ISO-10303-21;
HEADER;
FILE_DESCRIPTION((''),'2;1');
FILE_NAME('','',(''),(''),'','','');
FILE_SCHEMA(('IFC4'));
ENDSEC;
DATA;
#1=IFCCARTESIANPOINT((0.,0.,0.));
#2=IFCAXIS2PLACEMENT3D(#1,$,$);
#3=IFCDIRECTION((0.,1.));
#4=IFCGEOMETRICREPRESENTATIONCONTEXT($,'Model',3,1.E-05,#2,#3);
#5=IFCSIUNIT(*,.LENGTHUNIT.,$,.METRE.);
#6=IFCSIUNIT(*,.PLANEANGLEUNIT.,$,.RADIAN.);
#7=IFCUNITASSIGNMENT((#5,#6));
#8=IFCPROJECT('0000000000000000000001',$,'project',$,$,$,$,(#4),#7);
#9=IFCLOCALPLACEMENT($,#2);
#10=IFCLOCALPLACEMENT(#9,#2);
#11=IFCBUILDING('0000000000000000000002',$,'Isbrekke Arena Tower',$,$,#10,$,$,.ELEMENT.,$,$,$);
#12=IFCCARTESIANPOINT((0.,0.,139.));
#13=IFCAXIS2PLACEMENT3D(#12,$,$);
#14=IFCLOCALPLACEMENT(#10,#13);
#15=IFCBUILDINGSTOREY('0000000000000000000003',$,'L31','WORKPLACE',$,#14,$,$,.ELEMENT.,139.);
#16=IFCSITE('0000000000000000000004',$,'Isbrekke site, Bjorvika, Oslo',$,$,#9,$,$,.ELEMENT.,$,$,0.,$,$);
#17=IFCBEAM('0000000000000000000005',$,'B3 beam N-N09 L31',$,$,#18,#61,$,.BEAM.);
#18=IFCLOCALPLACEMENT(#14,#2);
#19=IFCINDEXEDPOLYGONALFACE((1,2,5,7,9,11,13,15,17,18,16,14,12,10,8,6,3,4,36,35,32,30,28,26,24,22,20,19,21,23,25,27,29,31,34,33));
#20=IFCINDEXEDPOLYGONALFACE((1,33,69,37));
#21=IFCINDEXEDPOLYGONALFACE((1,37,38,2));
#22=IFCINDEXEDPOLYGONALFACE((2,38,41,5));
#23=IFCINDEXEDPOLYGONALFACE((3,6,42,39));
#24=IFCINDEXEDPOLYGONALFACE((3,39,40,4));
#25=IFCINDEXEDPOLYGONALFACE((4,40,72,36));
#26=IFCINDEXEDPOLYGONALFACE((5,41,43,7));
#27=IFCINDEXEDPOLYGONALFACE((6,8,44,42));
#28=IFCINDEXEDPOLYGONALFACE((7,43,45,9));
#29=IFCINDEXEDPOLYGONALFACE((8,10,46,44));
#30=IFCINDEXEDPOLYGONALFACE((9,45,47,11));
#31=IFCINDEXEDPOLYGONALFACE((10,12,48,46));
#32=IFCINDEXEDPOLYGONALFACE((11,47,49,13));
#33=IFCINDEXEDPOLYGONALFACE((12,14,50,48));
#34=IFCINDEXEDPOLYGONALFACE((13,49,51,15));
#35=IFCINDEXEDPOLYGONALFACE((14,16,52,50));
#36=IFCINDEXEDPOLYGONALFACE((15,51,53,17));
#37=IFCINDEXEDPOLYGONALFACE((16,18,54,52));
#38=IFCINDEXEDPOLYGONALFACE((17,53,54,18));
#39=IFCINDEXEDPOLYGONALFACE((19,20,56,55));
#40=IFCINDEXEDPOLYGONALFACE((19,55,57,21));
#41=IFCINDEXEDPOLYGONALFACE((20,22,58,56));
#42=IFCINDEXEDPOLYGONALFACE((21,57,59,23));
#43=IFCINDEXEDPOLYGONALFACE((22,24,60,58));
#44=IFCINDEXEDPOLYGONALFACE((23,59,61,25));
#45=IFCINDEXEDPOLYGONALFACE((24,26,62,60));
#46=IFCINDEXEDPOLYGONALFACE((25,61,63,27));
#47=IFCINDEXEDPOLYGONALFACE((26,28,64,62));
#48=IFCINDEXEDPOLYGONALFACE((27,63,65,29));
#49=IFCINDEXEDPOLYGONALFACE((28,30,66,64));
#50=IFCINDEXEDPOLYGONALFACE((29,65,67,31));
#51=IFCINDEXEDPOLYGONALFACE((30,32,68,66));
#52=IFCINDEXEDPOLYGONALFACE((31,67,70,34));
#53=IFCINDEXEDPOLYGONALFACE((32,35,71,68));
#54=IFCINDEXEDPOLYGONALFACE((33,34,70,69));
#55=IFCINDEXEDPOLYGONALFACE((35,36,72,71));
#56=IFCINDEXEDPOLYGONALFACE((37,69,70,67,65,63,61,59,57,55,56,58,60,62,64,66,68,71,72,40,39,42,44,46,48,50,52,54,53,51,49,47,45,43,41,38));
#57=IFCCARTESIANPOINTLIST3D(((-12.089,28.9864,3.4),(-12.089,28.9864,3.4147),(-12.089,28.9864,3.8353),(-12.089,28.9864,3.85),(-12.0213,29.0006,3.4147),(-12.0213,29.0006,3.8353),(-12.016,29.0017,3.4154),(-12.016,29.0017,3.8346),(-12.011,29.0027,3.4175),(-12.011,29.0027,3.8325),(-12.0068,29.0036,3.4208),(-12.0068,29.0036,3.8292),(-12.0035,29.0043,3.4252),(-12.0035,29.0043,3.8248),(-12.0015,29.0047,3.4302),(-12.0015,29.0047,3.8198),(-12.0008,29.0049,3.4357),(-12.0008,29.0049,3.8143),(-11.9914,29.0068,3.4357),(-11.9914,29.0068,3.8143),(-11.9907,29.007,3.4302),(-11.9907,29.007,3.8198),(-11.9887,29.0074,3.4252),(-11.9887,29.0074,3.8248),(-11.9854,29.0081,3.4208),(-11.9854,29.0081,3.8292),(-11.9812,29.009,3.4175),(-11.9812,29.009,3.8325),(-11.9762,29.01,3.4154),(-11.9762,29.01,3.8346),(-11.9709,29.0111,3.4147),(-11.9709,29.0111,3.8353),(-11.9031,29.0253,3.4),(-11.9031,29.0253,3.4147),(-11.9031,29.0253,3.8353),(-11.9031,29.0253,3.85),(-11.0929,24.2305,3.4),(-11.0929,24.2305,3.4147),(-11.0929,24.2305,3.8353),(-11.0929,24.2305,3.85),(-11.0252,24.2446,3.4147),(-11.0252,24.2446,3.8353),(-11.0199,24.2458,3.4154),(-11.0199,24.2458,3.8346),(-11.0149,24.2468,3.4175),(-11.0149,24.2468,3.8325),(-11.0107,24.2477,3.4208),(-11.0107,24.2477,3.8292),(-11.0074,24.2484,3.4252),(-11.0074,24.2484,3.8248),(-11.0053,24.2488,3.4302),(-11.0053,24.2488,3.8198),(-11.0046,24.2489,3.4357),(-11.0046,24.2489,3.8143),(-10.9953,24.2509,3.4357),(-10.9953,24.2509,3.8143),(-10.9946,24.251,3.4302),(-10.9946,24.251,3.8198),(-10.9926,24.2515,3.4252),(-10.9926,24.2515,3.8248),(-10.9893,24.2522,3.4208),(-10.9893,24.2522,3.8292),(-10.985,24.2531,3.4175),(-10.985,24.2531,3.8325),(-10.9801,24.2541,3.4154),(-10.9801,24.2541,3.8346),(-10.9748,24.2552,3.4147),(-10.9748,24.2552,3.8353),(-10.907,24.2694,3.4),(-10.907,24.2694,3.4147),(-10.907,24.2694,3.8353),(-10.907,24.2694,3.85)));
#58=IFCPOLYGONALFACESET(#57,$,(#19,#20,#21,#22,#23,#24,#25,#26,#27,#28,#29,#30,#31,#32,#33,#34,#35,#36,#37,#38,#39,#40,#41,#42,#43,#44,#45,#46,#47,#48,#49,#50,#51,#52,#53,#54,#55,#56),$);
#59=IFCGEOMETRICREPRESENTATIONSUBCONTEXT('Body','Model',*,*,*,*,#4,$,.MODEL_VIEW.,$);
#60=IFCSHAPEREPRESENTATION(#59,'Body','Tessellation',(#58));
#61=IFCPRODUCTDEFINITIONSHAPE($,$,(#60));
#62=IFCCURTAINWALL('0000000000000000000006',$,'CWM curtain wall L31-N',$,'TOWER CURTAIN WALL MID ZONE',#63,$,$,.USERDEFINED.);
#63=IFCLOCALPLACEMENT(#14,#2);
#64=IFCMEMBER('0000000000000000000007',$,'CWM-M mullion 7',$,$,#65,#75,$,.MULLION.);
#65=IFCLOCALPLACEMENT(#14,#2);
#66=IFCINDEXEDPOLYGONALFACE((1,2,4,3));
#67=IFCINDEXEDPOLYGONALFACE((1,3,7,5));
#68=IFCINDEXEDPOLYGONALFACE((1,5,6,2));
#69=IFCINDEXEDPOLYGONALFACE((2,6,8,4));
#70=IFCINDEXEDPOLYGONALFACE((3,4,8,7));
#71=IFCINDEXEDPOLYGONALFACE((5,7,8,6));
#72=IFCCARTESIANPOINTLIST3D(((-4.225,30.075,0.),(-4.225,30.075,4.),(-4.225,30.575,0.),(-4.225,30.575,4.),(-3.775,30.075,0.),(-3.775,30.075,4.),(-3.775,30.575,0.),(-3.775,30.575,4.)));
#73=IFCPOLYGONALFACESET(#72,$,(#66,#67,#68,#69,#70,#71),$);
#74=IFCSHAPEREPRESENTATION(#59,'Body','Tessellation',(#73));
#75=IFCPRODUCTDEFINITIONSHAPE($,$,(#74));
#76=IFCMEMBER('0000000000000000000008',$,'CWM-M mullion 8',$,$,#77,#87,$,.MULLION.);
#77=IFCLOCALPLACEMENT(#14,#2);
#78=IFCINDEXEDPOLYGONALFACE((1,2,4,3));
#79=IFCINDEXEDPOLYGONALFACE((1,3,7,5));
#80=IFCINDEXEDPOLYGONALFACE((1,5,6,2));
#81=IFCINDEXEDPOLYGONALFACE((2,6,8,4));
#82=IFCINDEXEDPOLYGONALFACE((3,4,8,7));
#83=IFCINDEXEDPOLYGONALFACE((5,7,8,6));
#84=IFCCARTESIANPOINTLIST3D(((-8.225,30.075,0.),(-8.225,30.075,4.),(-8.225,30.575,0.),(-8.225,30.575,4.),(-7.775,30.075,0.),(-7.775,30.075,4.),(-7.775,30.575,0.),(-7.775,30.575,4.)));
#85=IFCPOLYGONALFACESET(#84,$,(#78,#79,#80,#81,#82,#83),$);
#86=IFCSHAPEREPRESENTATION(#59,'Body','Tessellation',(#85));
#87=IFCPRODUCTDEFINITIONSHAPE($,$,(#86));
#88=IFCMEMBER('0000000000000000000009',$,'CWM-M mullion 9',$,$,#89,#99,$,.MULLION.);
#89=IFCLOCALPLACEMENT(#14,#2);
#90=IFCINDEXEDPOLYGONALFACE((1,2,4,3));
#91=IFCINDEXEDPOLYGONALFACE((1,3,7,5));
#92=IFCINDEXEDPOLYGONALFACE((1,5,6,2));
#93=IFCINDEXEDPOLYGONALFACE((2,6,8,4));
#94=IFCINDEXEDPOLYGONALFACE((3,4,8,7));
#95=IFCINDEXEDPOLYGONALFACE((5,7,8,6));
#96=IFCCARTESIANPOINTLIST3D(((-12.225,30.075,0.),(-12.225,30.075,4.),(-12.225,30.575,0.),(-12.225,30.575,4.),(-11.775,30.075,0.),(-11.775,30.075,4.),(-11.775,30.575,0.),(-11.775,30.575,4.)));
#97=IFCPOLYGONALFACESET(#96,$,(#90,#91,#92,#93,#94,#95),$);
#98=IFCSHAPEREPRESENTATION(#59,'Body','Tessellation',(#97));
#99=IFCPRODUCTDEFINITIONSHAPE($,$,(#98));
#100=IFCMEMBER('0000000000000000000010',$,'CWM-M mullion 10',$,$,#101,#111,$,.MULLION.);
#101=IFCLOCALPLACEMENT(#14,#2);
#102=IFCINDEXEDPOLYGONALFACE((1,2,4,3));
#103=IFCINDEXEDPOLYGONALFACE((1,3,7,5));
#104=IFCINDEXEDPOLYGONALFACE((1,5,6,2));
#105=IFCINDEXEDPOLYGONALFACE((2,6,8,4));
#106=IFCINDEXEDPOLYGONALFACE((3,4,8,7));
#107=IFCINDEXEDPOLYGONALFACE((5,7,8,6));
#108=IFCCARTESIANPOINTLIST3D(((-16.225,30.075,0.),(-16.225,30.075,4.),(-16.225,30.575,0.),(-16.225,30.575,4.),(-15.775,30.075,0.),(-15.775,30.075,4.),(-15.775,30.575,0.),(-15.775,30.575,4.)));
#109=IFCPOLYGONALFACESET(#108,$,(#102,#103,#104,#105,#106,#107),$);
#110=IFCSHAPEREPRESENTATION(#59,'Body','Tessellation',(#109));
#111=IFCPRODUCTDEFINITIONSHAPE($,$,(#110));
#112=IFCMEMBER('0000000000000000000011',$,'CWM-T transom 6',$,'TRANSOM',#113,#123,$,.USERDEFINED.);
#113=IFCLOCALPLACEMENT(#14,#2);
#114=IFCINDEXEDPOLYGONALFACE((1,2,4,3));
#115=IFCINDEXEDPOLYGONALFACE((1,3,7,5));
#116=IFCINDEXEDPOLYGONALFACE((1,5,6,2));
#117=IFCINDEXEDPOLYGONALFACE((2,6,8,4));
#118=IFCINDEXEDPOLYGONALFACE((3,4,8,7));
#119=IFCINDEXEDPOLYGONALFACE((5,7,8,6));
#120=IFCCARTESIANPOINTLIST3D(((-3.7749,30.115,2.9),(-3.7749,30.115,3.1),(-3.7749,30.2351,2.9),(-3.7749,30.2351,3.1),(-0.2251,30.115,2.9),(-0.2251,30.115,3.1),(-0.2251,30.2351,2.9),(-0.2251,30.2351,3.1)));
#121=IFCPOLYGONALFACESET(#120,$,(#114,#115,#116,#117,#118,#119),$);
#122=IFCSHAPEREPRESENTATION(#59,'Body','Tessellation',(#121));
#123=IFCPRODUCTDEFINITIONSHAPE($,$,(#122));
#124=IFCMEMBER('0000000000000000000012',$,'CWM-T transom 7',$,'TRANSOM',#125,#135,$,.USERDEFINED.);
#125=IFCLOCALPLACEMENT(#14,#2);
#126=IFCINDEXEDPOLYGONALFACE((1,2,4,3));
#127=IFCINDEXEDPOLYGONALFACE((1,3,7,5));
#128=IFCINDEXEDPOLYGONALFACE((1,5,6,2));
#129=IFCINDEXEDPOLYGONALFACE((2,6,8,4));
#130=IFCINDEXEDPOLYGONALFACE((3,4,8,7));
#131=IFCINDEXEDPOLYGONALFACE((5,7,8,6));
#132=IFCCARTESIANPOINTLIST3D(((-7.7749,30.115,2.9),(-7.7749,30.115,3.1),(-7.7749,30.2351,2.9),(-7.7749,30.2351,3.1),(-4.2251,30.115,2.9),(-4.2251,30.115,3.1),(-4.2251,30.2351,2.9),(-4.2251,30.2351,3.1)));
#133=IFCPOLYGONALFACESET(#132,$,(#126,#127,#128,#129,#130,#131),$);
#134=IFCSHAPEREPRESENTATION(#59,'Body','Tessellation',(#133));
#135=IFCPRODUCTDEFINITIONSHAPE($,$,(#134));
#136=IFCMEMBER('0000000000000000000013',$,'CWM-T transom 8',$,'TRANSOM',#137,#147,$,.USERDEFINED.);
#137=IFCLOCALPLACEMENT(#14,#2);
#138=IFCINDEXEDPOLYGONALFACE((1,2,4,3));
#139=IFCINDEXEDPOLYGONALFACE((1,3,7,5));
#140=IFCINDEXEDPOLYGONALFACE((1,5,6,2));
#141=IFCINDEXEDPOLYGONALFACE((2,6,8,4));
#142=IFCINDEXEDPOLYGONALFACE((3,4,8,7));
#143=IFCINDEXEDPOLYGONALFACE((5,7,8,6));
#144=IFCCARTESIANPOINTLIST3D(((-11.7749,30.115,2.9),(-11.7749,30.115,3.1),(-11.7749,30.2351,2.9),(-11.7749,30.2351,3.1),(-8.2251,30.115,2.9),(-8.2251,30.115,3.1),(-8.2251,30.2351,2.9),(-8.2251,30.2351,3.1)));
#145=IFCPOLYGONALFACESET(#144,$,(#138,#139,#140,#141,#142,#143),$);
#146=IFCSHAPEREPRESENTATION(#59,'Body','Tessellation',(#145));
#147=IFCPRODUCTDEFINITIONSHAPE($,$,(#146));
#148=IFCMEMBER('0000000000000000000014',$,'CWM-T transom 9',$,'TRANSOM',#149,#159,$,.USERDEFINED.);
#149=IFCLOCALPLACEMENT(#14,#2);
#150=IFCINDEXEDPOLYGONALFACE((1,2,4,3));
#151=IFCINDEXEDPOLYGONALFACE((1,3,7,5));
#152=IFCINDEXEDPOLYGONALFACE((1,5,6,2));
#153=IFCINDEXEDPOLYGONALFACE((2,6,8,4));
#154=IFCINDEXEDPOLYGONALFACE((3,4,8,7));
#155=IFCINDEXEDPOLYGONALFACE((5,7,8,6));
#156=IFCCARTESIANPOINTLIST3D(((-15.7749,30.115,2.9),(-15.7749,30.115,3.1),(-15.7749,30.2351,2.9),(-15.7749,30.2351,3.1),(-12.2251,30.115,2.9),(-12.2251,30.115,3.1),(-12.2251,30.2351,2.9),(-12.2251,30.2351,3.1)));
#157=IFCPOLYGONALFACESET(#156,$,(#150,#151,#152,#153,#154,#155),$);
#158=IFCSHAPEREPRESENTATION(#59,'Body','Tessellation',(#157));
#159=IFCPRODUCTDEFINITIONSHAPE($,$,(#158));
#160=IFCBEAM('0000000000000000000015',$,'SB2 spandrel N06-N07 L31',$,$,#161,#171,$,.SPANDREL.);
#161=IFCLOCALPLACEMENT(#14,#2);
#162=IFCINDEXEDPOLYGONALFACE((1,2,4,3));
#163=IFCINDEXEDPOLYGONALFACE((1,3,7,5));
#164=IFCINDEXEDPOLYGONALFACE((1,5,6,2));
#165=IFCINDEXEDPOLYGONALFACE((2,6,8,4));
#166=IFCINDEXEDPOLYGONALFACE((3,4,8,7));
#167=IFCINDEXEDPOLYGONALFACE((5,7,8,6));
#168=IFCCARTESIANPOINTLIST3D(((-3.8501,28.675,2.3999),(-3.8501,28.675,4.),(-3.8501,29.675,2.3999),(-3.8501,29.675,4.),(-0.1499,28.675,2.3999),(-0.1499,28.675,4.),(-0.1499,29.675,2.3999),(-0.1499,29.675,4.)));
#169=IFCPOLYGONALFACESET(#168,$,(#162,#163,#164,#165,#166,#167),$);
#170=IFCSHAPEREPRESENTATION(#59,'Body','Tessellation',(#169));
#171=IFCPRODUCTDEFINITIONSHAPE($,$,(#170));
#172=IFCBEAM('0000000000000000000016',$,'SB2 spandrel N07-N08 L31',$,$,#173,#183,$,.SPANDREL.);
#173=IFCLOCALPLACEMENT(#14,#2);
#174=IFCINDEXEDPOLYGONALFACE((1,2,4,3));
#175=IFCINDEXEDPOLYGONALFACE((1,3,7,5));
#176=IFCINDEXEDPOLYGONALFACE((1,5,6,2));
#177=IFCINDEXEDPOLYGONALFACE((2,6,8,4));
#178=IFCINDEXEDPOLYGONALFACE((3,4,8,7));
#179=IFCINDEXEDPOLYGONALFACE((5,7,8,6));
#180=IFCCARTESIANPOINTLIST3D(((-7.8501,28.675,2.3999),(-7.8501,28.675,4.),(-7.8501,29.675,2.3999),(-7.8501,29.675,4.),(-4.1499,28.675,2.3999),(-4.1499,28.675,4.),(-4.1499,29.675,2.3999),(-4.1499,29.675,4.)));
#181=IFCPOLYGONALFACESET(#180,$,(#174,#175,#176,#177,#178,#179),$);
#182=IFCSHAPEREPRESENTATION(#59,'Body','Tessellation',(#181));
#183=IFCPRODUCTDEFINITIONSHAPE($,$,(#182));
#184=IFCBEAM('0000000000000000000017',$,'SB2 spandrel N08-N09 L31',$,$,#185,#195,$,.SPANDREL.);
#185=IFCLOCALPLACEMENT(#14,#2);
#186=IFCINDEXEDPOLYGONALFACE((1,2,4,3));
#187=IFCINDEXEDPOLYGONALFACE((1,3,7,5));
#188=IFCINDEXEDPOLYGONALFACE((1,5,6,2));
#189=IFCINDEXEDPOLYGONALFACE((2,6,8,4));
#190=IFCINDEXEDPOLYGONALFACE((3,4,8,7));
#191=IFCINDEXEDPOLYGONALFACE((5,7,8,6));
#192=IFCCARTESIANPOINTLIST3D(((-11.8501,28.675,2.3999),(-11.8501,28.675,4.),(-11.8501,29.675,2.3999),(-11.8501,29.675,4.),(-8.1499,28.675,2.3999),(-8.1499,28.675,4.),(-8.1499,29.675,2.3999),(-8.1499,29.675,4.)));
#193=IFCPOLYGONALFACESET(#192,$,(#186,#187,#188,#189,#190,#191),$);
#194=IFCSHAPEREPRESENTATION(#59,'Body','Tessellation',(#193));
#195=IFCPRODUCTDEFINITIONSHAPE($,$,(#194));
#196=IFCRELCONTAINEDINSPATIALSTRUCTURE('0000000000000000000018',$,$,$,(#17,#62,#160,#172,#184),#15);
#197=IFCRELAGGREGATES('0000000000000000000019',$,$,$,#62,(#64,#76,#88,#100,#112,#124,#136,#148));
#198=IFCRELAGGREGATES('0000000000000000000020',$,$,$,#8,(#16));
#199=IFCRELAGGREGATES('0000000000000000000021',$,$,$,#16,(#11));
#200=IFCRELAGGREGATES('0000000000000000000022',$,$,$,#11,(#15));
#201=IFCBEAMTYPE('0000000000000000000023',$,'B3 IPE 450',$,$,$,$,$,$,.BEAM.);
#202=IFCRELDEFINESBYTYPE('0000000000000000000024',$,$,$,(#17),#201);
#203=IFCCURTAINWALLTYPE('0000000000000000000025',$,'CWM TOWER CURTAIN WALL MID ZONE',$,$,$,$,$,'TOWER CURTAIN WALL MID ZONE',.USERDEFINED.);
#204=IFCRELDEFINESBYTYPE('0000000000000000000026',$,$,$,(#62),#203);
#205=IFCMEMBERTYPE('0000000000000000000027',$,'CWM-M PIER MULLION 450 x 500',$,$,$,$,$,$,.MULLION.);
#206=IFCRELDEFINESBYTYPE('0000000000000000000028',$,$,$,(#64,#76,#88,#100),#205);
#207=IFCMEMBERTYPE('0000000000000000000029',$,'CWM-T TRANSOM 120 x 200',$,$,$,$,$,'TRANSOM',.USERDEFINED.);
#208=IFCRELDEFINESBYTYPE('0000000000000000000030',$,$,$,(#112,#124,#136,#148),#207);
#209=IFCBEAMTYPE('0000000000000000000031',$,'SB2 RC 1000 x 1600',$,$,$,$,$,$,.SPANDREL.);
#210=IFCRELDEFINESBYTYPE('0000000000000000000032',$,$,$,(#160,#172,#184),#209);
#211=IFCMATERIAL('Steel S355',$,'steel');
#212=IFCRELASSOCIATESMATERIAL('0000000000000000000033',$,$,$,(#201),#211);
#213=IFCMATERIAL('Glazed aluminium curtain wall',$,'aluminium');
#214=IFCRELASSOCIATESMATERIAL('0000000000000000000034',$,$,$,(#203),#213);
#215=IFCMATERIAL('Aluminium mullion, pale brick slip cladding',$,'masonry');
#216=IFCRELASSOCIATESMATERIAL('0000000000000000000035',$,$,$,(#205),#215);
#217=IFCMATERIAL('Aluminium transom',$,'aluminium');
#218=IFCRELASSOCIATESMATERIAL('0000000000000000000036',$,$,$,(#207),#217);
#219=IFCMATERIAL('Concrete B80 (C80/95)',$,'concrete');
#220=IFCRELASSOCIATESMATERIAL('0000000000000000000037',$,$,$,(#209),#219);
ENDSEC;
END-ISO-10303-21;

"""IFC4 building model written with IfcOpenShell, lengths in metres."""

from ifc_helpers import new_model, si_unit, direction, frame, origin, origin_2d, place, context, subcontext, project, spatial, rectangle, i_section, extrude, material, material_profile, profile_set, type_object, element, aggregate, save


model = new_model("IFC4")

# Units and contexts
model_context = context("Model", 3, precision=1e-05, world=origin(), true_north=direction((0.0, 1.0)))
body_context = subcontext(model_context, "Body", "Model", "MODEL_VIEW")
ifc_project = project(units=[si_unit("LENGTHUNIT", "METRE"), si_unit("PLANEANGLEUNIT", "RADIAN")], contexts=[model_context])

# Site, building, storey
site_placement = place(None, origin())
site = spatial("IfcSite", under=ifc_project, at=site_placement, Name="Isbrekke site, Bjorvika, Oslo", CompositionType="ELEMENT", RefElevation=0.0)
building_placement = place(site_placement, origin())
building = spatial("IfcBuilding", under=site, at=building_placement, Name="Isbrekke Arena Tower", CompositionType="ELEMENT")
storey_placement = place(building_placement, frame((0.0, 0.0, 139.0)))
storey = spatial("IfcBuildingStorey", under=building, at=storey_placement, Name="L31", Description="WORKPLACE", CompositionType="ELEMENT", Elevation=139.0)

# Beam
ifc_material_1 = material(Name="Steel S355", Category="steel")
ifc_material_profile_1 = material_profile(ifc_material_1, i_section(OverallWidth=0.1899, OverallDepth=0.45, WebThickness=0.0095, FlangeThickness=0.0146, FilletRadius=0.021, at=origin_2d()), Name="IPE 450")
ifc_profile_set_1 = profile_set([ifc_material_profile_1], Name="Steel S355")
beam_type_1 = type_object("IfcBeamType", Name="B3 IPE 450", PredefinedType="BEAM", material=ifc_profile_set_1)
beam_1_placement = place(storey_placement, frame((-11.9961, 29.0059, 3.625), z_axis=(0.204997, -0.978762, 0.0), x_axis=(0.978762, 0.204997, 0.0)))
element("IfcBeam", 1, at=beam_1_placement, inside=storey, type_object=beam_type_1, Name="B3 beam N-N09 L31", PredefinedType="BEAM", context=body_context, shape_type="SweptSolid", body=[
    extrude(i_section(OverallWidth=0.1899, OverallDepth=0.45, WebThickness=0.0095, FlangeThickness=0.0146, FilletRadius=0.021, at=origin_2d()), origin(), (0.0, 0.0, 1.0), 4.8591),
])

# Curtain wall, members
ifc_material_2 = material(Name="Glazed aluminium curtain wall", Category="aluminium")
curtain_wall_type = type_object("IfcCurtainWallType", Name="CWM TOWER CURTAIN WALL MID ZONE", ElementType="TOWER CURTAIN WALL MID ZONE", PredefinedType="USERDEFINED", material=ifc_material_2)
curtain_wall_placement = place(storey_placement, origin())
curtain_wall = element("IfcCurtainWall", 2, at=curtain_wall_placement, inside=storey, type_object=curtain_wall_type, Name="CWM curtain wall L31-N", ObjectType="TOWER CURTAIN WALL MID ZONE", PredefinedType="USERDEFINED")
ifc_material_3 = material(Name="Aluminium mullion, pale brick slip cladding", Category="masonry")
ifc_material_profile_2 = material_profile(ifc_material_3, rectangle(XDim=0.45, YDim=0.5, at=origin_2d()), Name="PIER 450X500")
ifc_profile_set_2 = profile_set([ifc_material_profile_2], Name="Aluminium mullion, pale brick slip cladding")
member_type_1 = type_object("IfcMemberType", Name="CWM-M PIER MULLION 450 x 500", PredefinedType="MULLION", material=ifc_profile_set_2)
member_1_placement = place(storey_placement, frame((-4.0, 30.325, 0.0), z_axis=(0.0, 0.0, 1.0), x_axis=(-1.0, 0.0, 0.0)))
member_1 = element("IfcMember", 3, at=member_1_placement, type_object=member_type_1, Name="CWM-M mullion 7", PredefinedType="MULLION", context=body_context, shape_type="SweptSolid", body=[
    extrude(rectangle(XDim=0.45, YDim=0.5, at=origin_2d()), origin(), (0.0, 0.0, 1.0), 4.0),
])
member_2_placement = place(storey_placement, frame((-8.0, 30.325, 0.0), z_axis=(0.0, 0.0, 1.0), x_axis=(-1.0, 0.0, 0.0)))
member_2 = element("IfcMember", 4, at=member_2_placement, type_object=member_type_1, Name="CWM-M mullion 8", PredefinedType="MULLION", context=body_context, shape_type="SweptSolid", body=[
    extrude(rectangle(XDim=0.45, YDim=0.5, at=origin_2d()), origin(), (0.0, 0.0, 1.0), 4.0),
])
member_3_placement = place(storey_placement, frame((-12.0, 30.325, 0.0), z_axis=(0.0, 0.0, 1.0), x_axis=(-1.0, 0.0, 0.0)))
member_3 = element("IfcMember", 5, at=member_3_placement, type_object=member_type_1, Name="CWM-M mullion 9", PredefinedType="MULLION", context=body_context, shape_type="SweptSolid", body=[
    extrude(rectangle(XDim=0.45, YDim=0.5, at=origin_2d()), origin(), (0.0, 0.0, 1.0), 4.0),
])
member_4_placement = place(storey_placement, frame((-16.0, 30.325, 0.0), z_axis=(0.0, 0.0, 1.0), x_axis=(-1.0, 0.0, 0.0)))
member_4 = element("IfcMember", 6, at=member_4_placement, type_object=member_type_1, Name="CWM-M mullion 10", PredefinedType="MULLION", context=body_context, shape_type="SweptSolid", body=[
    extrude(rectangle(XDim=0.45, YDim=0.5, at=origin_2d()), origin(), (0.0, 0.0, 1.0), 4.0),
])
ifc_material_4 = material(Name="Aluminium transom", Category="aluminium")
ifc_material_profile_3 = material_profile(ifc_material_4, rectangle(XDim=0.1201, YDim=0.2, at=origin_2d()), Name="TRANSOM 120X200")
ifc_profile_set_3 = profile_set([ifc_material_profile_3], Name="Aluminium transom")
member_type_2 = type_object("IfcMemberType", Name="CWM-T TRANSOM 120 x 200", ElementType="TRANSOM", PredefinedType="USERDEFINED", material=ifc_profile_set_3)
member_5_placement = place(storey_placement, frame((-0.2251, 30.175, 3.0), z_axis=(-1.0, 0.0, 0.0), x_axis=(0.0, -1.0, 0.0)))
member_5 = element("IfcMember", 7, at=member_5_placement, type_object=member_type_2, Name="CWM-T transom 6", ObjectType="TRANSOM", PredefinedType="USERDEFINED", context=body_context, shape_type="SweptSolid", body=[
    extrude(rectangle(XDim=0.1201, YDim=0.2, at=origin_2d()), origin(), (0.0, 0.0, 1.0), 3.5498),
])
member_6_placement = place(storey_placement, frame((-4.2251, 30.175, 3.0), z_axis=(-1.0, 0.0, 0.0), x_axis=(0.0, -1.0, 0.0)))
member_6 = element("IfcMember", 8, at=member_6_placement, type_object=member_type_2, Name="CWM-T transom 7", ObjectType="TRANSOM", PredefinedType="USERDEFINED", context=body_context, shape_type="SweptSolid", body=[
    extrude(rectangle(XDim=0.1201, YDim=0.2, at=origin_2d()), origin(), (0.0, 0.0, 1.0), 3.5498),
])
member_7_placement = place(storey_placement, frame((-8.2251, 30.175, 3.0), z_axis=(-1.0, 0.0, 0.0), x_axis=(0.0, -1.0, 0.0)))
member_7 = element("IfcMember", 9, at=member_7_placement, type_object=member_type_2, Name="CWM-T transom 8", ObjectType="TRANSOM", PredefinedType="USERDEFINED", context=body_context, shape_type="SweptSolid", body=[
    extrude(rectangle(XDim=0.1201, YDim=0.2, at=origin_2d()), origin(), (0.0, 0.0, 1.0), 3.5498),
])
member_8_placement = place(storey_placement, frame((-12.2251, 30.175, 3.0), z_axis=(-1.0, 0.0, 0.0), x_axis=(0.0, -1.0, 0.0)))
member_8 = element("IfcMember", 10, at=member_8_placement, type_object=member_type_2, Name="CWM-T transom 9", ObjectType="TRANSOM", PredefinedType="USERDEFINED", context=body_context, shape_type="SweptSolid", body=[
    extrude(rectangle(XDim=0.1201, YDim=0.2, at=origin_2d()), origin(), (0.0, 0.0, 1.0), 3.5498),
])

# Beams
ifc_material_5 = material(Name="Concrete B80 (C80/95)", Category="concrete")
ifc_material_profile_4 = material_profile(ifc_material_5, rectangle(XDim=1.0, YDim=1.6001, at=origin_2d()), Name="RC 1000x1600")
ifc_profile_set_4 = profile_set([ifc_material_profile_4], Name="Concrete B80 (C80/95)")
beam_type_2 = type_object("IfcBeamType", Name="SB2 RC 1000 x 1600", PredefinedType="SPANDREL", material=ifc_profile_set_4)
for number, where, z_axis, x_axis, name in (
    (11, (-0.1499, 29.175, 3.2), (-1.0, 0.0, 0.0), (0.0, -1.0, 0.0), "SB2 spandrel N06-N07 L31"),
    (12, (-4.1499, 29.175, 3.2), (-1.0, 0.0, 0.0), (0.0, -1.0, 0.0), "SB2 spandrel N07-N08 L31"),
    (13, (-8.1499, 29.175, 3.2), (-1.0, 0.0, 0.0), (0.0, -1.0, 0.0), "SB2 spandrel N08-N09 L31"),
):
    element("IfcBeam", number, at=place(storey_placement, frame(where, z_axis=z_axis, x_axis=x_axis)), inside=storey, type_object=beam_type_2, Name=name, PredefinedType="SPANDREL", context=body_context, shape_type="SweptSolid", body=[
        extrude(rectangle(XDim=1.0, YDim=1.6001, at=origin_2d()), origin(), (0.0, 0.0, 1.0), 3.7002),
    ])

aggregate(curtain_wall, [member_1, member_2, member_3, member_4, member_5, member_6, member_7, member_8])

save(model, "model.ifc")
